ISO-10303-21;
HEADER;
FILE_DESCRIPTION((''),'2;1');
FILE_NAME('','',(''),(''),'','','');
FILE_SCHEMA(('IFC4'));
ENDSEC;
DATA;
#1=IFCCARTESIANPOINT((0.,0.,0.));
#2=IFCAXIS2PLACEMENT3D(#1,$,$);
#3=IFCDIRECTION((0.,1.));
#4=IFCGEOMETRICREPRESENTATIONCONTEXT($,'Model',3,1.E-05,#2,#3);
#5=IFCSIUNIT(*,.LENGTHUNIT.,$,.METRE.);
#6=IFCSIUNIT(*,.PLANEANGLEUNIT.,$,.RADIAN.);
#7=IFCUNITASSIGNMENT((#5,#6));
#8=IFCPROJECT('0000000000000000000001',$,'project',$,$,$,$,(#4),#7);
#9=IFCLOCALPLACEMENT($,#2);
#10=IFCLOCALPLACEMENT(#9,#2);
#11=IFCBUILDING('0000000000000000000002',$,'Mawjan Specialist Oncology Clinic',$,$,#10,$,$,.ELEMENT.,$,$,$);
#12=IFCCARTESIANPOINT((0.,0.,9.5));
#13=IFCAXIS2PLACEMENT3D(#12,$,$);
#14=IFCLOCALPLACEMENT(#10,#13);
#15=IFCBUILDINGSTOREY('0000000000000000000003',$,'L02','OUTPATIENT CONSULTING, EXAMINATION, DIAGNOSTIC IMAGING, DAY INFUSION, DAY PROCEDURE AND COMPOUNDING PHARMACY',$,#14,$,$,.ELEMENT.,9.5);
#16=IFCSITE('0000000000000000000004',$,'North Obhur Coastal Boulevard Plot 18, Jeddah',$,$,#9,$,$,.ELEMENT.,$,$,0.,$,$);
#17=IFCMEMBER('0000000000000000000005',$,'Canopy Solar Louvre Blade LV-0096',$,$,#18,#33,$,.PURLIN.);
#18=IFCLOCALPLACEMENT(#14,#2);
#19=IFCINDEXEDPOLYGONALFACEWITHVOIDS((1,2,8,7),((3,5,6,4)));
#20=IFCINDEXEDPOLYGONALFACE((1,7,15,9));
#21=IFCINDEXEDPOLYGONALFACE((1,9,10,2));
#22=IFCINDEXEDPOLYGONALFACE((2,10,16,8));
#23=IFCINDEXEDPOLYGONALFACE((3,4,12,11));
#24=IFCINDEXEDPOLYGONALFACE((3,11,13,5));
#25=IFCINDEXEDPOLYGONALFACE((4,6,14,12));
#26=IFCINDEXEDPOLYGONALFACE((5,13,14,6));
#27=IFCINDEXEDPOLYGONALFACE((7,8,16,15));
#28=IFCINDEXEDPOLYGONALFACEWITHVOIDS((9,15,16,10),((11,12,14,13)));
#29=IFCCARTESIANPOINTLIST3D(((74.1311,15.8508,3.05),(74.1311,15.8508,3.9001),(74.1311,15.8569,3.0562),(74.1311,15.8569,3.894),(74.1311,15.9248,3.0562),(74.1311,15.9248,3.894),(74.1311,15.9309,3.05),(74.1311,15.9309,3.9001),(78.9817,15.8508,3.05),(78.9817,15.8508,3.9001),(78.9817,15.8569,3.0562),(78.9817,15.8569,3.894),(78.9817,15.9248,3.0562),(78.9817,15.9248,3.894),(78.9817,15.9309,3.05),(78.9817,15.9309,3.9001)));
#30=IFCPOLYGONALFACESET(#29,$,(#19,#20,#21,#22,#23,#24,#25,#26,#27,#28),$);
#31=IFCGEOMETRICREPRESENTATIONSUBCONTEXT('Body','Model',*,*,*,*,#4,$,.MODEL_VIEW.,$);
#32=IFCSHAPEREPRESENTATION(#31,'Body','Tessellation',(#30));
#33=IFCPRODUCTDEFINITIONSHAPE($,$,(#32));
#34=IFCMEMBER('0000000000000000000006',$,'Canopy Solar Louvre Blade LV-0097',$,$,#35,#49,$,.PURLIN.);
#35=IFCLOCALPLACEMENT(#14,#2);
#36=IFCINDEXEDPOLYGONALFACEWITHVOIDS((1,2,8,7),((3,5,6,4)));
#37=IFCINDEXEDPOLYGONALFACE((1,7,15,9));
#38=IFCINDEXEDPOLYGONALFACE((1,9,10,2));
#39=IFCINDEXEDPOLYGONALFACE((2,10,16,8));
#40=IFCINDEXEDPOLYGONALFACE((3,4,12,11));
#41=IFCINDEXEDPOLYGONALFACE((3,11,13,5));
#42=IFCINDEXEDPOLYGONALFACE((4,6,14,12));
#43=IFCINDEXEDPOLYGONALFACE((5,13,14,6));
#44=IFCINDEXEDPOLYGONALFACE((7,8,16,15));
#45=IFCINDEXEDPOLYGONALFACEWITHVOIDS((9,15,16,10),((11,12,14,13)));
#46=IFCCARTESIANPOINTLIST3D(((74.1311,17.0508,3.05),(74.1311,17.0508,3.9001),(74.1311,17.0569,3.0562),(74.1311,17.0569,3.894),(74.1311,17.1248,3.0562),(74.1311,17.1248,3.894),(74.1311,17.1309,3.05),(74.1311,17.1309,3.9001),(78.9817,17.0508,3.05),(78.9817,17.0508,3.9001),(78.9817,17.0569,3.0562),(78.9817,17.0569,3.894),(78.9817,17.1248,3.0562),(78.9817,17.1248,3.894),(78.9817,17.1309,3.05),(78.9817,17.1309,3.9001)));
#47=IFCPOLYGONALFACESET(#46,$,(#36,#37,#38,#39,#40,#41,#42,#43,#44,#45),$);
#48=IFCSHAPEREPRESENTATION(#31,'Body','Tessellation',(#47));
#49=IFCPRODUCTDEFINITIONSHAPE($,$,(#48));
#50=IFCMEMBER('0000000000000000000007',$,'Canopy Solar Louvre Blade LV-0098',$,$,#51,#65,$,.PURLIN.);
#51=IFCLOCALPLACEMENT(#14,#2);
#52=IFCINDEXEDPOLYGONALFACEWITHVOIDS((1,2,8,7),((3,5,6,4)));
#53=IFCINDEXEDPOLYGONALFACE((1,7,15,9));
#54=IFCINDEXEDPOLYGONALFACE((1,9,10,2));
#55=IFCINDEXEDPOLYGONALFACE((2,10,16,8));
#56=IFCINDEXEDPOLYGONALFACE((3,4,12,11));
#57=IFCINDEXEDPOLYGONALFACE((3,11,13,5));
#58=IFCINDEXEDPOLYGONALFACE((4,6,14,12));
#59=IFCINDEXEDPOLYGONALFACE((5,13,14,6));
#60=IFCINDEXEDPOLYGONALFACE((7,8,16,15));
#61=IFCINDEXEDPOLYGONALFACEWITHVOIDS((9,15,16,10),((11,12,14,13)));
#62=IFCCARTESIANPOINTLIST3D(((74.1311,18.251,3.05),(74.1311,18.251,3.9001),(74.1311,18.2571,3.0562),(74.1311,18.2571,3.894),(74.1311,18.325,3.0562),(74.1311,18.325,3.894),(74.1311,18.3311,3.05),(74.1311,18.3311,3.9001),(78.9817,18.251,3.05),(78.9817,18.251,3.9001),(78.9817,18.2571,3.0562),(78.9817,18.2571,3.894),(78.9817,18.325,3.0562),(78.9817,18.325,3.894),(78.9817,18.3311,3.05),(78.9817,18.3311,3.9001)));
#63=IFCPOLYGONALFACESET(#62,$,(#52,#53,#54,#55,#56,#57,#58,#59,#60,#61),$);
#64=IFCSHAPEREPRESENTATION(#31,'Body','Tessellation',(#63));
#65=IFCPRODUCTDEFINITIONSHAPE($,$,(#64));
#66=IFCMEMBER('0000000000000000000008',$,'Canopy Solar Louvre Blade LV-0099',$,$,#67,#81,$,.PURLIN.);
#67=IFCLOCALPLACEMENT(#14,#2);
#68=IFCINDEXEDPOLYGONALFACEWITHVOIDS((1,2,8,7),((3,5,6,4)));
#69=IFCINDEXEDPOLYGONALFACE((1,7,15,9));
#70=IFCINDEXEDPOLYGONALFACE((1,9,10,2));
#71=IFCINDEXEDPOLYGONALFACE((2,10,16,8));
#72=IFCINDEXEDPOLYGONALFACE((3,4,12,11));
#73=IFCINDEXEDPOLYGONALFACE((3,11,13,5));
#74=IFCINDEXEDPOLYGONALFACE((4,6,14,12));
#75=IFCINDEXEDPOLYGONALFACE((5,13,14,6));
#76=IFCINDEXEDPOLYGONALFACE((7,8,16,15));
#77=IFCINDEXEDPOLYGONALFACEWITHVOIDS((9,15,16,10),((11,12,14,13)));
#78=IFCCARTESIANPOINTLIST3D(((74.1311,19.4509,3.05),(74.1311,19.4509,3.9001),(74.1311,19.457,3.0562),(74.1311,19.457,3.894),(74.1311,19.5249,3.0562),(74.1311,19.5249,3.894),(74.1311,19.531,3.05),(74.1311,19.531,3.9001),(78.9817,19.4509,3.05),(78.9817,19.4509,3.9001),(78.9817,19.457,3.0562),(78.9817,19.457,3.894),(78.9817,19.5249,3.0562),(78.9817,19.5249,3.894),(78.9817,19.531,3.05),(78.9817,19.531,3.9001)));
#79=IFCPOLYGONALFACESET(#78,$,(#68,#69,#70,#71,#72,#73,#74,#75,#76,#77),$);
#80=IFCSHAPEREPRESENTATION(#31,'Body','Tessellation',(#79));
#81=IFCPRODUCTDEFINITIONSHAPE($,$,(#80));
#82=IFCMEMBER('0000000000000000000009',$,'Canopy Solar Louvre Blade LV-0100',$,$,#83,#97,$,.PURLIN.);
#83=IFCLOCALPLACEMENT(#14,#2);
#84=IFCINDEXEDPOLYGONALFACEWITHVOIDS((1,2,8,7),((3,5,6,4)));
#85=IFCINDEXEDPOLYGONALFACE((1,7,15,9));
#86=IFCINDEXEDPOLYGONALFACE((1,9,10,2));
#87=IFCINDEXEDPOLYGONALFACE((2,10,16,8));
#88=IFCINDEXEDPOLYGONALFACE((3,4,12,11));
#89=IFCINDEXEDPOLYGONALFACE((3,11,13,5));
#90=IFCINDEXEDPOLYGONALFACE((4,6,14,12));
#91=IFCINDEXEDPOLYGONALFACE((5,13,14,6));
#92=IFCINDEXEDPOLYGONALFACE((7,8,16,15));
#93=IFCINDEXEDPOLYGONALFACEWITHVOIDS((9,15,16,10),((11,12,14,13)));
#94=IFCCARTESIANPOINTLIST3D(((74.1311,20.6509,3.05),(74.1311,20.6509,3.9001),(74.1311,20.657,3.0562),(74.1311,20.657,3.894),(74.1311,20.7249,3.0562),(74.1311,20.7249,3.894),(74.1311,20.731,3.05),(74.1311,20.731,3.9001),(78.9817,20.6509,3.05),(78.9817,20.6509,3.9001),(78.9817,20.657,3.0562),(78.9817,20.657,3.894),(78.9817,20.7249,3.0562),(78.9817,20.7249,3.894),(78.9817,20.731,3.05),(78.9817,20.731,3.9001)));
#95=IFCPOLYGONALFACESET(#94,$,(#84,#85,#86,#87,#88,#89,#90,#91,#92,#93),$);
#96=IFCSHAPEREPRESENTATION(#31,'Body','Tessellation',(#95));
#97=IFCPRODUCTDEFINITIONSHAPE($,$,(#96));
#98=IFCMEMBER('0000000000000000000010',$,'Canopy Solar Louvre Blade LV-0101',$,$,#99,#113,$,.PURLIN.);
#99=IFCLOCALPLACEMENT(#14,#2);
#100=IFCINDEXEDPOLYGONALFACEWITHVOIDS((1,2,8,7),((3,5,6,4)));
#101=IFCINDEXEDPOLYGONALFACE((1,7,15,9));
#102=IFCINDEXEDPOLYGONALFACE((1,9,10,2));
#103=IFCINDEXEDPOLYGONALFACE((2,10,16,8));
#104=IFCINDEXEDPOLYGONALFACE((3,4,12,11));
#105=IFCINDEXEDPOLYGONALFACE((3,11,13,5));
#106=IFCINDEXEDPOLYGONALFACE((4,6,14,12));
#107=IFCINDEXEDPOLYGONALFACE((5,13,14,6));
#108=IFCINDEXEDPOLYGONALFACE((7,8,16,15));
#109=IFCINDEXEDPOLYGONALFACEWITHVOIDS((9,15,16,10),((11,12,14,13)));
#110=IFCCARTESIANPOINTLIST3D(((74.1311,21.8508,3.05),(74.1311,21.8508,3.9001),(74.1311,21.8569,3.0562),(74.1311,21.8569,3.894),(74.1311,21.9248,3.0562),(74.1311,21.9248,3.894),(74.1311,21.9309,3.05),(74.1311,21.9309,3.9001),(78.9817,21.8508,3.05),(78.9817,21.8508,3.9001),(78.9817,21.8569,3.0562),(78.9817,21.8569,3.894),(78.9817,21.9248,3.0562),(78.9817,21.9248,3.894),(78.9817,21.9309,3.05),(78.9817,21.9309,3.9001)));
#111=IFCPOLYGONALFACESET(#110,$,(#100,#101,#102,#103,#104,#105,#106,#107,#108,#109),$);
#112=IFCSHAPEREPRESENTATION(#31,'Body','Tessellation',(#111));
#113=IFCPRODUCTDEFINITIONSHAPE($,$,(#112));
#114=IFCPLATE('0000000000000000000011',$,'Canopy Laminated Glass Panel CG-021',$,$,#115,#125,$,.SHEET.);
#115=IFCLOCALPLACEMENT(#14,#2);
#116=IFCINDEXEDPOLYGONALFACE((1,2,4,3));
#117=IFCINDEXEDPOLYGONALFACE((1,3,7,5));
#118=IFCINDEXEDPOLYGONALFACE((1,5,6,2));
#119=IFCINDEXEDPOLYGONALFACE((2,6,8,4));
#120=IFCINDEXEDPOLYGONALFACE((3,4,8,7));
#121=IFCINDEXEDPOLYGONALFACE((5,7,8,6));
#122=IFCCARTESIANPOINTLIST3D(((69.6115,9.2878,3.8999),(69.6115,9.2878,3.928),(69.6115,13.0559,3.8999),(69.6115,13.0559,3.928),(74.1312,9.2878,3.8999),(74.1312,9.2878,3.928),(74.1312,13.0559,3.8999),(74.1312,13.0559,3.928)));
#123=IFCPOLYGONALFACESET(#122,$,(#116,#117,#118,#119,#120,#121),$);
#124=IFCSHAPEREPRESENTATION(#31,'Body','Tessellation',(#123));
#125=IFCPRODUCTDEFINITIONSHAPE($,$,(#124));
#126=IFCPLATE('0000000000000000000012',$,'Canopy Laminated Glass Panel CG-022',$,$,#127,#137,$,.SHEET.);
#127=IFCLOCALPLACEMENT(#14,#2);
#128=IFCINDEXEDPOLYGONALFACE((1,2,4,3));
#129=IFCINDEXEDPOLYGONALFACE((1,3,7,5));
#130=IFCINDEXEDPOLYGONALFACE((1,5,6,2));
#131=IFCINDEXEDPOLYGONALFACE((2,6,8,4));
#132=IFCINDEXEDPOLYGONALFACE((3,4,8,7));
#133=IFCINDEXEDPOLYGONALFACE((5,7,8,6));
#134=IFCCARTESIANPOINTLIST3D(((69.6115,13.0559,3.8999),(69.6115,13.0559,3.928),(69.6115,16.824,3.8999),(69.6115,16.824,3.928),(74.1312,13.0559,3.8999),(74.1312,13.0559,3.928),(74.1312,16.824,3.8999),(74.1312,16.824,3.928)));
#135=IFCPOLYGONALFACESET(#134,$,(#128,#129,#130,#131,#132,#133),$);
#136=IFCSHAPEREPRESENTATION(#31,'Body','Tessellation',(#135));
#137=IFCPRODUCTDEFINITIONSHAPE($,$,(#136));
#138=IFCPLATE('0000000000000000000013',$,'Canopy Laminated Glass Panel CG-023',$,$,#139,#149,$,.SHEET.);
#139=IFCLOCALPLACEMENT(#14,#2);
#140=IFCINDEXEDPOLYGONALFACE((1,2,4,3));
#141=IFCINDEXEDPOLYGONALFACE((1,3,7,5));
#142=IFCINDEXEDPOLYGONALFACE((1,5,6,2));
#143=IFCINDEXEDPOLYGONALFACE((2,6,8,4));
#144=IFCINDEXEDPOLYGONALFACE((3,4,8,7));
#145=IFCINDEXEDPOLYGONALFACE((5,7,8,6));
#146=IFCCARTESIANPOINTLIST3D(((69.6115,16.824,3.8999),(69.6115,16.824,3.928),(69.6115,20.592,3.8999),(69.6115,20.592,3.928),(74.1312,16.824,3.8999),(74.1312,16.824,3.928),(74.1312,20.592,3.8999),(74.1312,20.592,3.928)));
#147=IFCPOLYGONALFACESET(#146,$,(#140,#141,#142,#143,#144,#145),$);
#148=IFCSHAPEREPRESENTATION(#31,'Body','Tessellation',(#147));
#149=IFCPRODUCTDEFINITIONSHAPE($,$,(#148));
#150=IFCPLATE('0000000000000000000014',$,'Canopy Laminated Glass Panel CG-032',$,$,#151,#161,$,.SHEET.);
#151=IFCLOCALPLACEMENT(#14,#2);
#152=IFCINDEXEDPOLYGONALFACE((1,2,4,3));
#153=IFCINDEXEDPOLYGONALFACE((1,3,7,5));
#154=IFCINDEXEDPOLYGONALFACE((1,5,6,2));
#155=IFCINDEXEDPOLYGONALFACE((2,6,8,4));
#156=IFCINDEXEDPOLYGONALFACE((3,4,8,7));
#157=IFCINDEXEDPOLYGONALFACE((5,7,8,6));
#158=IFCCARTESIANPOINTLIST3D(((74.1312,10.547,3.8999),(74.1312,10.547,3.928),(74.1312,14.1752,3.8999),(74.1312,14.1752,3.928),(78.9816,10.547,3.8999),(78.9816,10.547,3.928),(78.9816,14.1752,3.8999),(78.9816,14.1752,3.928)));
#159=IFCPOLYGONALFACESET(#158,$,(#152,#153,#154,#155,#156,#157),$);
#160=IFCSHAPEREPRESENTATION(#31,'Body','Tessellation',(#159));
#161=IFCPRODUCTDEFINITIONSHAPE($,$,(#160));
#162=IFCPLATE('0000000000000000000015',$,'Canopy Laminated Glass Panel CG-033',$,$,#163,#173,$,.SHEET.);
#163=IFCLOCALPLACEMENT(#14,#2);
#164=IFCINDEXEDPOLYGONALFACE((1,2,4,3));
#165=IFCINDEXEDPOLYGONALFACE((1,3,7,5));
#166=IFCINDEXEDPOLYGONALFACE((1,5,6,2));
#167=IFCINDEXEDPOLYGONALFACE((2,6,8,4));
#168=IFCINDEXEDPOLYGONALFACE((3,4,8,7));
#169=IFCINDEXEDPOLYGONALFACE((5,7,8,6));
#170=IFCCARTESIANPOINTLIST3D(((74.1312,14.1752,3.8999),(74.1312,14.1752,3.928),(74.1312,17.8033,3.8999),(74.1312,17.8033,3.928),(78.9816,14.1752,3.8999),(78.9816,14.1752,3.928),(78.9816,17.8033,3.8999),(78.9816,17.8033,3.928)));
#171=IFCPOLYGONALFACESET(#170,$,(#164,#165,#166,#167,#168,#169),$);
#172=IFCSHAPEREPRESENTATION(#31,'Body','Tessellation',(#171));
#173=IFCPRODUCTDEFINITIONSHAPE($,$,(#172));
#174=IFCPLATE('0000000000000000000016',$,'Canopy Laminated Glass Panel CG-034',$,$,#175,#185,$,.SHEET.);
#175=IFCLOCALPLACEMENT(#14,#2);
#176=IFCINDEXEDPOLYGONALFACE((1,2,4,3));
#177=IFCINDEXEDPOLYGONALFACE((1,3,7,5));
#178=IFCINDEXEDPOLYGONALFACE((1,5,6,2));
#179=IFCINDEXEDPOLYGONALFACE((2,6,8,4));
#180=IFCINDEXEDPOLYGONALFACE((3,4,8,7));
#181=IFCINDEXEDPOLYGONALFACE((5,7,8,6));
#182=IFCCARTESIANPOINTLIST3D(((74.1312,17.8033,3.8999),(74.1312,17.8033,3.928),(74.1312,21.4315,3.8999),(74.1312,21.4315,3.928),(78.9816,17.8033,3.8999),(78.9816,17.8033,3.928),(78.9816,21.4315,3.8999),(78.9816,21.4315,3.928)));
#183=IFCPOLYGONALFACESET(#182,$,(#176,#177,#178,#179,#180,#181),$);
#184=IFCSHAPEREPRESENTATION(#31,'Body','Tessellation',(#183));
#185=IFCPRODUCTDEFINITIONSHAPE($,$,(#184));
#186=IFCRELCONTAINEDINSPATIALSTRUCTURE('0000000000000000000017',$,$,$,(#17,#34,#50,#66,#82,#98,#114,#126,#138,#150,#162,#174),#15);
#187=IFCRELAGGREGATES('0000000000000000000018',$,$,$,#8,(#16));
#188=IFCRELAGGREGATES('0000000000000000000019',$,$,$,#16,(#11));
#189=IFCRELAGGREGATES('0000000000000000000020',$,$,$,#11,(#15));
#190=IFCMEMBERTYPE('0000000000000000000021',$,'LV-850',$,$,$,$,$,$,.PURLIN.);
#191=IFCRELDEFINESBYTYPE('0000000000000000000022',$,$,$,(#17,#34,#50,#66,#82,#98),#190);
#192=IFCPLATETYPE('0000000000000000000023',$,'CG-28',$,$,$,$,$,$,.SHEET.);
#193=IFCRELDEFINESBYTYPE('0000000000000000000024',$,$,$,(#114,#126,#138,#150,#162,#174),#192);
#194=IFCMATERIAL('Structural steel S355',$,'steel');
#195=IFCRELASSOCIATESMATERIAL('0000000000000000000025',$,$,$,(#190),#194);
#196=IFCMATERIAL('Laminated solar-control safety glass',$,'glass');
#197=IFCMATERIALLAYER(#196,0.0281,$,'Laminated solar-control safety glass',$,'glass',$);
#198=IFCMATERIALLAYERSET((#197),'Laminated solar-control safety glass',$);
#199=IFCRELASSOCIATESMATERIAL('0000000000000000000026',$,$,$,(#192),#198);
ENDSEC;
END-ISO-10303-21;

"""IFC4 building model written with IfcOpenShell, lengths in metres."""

from ifc_helpers import new_model, si_unit, direction, frame, origin, origin_2d, place, context, subcontext, project, spatial, rectangle, hollow_rectangle, extrude, material, layer, layer_set, material_profile, profile_set, type_object, element, save


model = new_model("IFC4")

# Units and contexts
model_context = context("Model", 3, precision=1e-05, world=origin(), true_north=direction((0.0, 1.0)))
body_context = subcontext(model_context, "Body", "Model", "MODEL_VIEW")
ifc_project = project(units=[si_unit("LENGTHUNIT", "METRE"), si_unit("PLANEANGLEUNIT", "RADIAN")], contexts=[model_context])

# Site, building, storey
site_placement = place(None, origin())
site = spatial("IfcSite", under=ifc_project, at=site_placement, Name="North Obhur Coastal Boulevard Plot 18, Jeddah", CompositionType="ELEMENT", RefElevation=0.0)
building_placement = place(site_placement, origin())
building = spatial("IfcBuilding", under=site, at=building_placement, Name="Mawjan Specialist Oncology Clinic", CompositionType="ELEMENT")
storey_placement = place(building_placement, frame((0.0, 0.0, 9.5)))
storey = spatial("IfcBuildingStorey", under=building, at=storey_placement, Name="L02", Description="OUTPATIENT CONSULTING, EXAMINATION, DIAGNOSTIC IMAGING, DAY INFUSION, DAY PROCEDURE AND COMPOUNDING PHARMACY", CompositionType="ELEMENT", Elevation=9.5)

# Members
ifc_material_1 = material(Name="Structural steel S355", Category="steel")
ifc_material_profile = material_profile(ifc_material_1, hollow_rectangle(XDim=0.0801, YDim=0.8501, WallThickness=0.0061, at=origin_2d()), Name="LOUVRE 850x80x6", Category="steel")
ifc_profile_set = profile_set([ifc_material_profile], Name="Structural steel S355")
member_type = type_object("IfcMemberType", Name="LV-850", PredefinedType="PURLIN", material=ifc_profile_set)
for number, where, z_axis, x_axis, name in (
    (1, (74.1311, 15.8909, 3.4751), (1.0, 0.0, 0.0), (0.0, 1.0, 0.0), "Canopy Solar Louvre Blade LV-0096"),
    (2, (74.1311, 17.0908, 3.4751), (1.0, 0.0, 0.0), (0.0, 1.0, 0.0), "Canopy Solar Louvre Blade LV-0097"),
    (3, (74.1311, 18.291, 3.4751), (1.0, 0.0, 0.0), (0.0, 1.0, 0.0), "Canopy Solar Louvre Blade LV-0098"),
    (4, (74.1311, 19.491, 3.4751), (1.0, 0.0, 0.0), (0.0, 1.0, 0.0), "Canopy Solar Louvre Blade LV-0099"),
    (5, (74.1311, 20.6909, 3.4751), (1.0, 0.0, 0.0), (0.0, 1.0, 0.0), "Canopy Solar Louvre Blade LV-0100"),
    (6, (74.1311, 21.8909, 3.4751), (1.0, 0.0, 0.0), (0.0, 1.0, 0.0), "Canopy Solar Louvre Blade LV-0101"),
):
    element("IfcMember", number, at=place(storey_placement, frame(where, z_axis=z_axis, x_axis=x_axis)), inside=storey, type_object=member_type, Name=name, PredefinedType="PURLIN", context=body_context, shape_type="SweptSolid", body=[
        extrude(hollow_rectangle(XDim=0.0801, YDim=0.8501, WallThickness=0.0061, at=origin_2d()), origin(), (0.0, 0.0, 1.0), 4.8506),
    ])

# Plates
ifc_material_2 = material(Name="Laminated solar-control safety glass", Category="glass")
ifc_layer = layer(ifc_material_2, 0.0281, Name="Laminated solar-control safety glass", Category="glass")
ifc_layer_set = layer_set([ifc_layer], Name="Laminated solar-control safety glass")
plate_type = type_object("IfcPlateType", Name="CG-28", PredefinedType="SHEET", material=ifc_layer_set)
for number, where, z_axis, x_axis, name in (
    (7, (71.8713, 11.1719, 3.8999), (0.0, 0.0, 1.0), (1.0, 0.0, 0.0), "Canopy Laminated Glass Panel CG-021"),
    (8, (71.8713, 14.9399, 3.8999), (0.0, 0.0, 1.0), (1.0, 0.0, 0.0), "Canopy Laminated Glass Panel CG-022"),
    (9, (71.8713, 18.708, 3.8999), (0.0, 0.0, 1.0), (1.0, 0.0, 0.0), "Canopy Laminated Glass Panel CG-023"),
):
    element("IfcPlate", number, at=place(storey_placement, frame(where, z_axis=z_axis, x_axis=x_axis)), inside=storey, type_object=plate_type, Name=name, PredefinedType="SHEET", context=body_context, shape_type="SweptSolid", body=[
        extrude(rectangle(XDim=4.5198, YDim=3.7681, at=origin_2d()), origin(), (0.0, 0.0, 1.0), 0.0281),
    ])
for number, where, z_axis, x_axis, name in (
    (10, (76.5564, 12.3611, 3.8999), (0.0, 0.0, 1.0), (1.0, 0.0, 0.0), "Canopy Laminated Glass Panel CG-032"),
    (11, (76.5564, 15.9893, 3.8999), (0.0, 0.0, 1.0), (1.0, 0.0, 0.0), "Canopy Laminated Glass Panel CG-033"),
    (12, (76.5564, 19.6174, 3.8999), (0.0, 0.0, 1.0), (1.0, 0.0, 0.0), "Canopy Laminated Glass Panel CG-034"),
):
    element("IfcPlate", number, at=place(storey_placement, frame(where, z_axis=z_axis, x_axis=x_axis)), inside=storey, type_object=plate_type, Name=name, PredefinedType="SHEET", context=body_context, shape_type="SweptSolid", body=[
        extrude(rectangle(XDim=4.8503, YDim=3.6282, at=origin_2d()), origin(), (0.0, 0.0, 1.0), 0.0281),
    ])

save(model, "model.ifc")
